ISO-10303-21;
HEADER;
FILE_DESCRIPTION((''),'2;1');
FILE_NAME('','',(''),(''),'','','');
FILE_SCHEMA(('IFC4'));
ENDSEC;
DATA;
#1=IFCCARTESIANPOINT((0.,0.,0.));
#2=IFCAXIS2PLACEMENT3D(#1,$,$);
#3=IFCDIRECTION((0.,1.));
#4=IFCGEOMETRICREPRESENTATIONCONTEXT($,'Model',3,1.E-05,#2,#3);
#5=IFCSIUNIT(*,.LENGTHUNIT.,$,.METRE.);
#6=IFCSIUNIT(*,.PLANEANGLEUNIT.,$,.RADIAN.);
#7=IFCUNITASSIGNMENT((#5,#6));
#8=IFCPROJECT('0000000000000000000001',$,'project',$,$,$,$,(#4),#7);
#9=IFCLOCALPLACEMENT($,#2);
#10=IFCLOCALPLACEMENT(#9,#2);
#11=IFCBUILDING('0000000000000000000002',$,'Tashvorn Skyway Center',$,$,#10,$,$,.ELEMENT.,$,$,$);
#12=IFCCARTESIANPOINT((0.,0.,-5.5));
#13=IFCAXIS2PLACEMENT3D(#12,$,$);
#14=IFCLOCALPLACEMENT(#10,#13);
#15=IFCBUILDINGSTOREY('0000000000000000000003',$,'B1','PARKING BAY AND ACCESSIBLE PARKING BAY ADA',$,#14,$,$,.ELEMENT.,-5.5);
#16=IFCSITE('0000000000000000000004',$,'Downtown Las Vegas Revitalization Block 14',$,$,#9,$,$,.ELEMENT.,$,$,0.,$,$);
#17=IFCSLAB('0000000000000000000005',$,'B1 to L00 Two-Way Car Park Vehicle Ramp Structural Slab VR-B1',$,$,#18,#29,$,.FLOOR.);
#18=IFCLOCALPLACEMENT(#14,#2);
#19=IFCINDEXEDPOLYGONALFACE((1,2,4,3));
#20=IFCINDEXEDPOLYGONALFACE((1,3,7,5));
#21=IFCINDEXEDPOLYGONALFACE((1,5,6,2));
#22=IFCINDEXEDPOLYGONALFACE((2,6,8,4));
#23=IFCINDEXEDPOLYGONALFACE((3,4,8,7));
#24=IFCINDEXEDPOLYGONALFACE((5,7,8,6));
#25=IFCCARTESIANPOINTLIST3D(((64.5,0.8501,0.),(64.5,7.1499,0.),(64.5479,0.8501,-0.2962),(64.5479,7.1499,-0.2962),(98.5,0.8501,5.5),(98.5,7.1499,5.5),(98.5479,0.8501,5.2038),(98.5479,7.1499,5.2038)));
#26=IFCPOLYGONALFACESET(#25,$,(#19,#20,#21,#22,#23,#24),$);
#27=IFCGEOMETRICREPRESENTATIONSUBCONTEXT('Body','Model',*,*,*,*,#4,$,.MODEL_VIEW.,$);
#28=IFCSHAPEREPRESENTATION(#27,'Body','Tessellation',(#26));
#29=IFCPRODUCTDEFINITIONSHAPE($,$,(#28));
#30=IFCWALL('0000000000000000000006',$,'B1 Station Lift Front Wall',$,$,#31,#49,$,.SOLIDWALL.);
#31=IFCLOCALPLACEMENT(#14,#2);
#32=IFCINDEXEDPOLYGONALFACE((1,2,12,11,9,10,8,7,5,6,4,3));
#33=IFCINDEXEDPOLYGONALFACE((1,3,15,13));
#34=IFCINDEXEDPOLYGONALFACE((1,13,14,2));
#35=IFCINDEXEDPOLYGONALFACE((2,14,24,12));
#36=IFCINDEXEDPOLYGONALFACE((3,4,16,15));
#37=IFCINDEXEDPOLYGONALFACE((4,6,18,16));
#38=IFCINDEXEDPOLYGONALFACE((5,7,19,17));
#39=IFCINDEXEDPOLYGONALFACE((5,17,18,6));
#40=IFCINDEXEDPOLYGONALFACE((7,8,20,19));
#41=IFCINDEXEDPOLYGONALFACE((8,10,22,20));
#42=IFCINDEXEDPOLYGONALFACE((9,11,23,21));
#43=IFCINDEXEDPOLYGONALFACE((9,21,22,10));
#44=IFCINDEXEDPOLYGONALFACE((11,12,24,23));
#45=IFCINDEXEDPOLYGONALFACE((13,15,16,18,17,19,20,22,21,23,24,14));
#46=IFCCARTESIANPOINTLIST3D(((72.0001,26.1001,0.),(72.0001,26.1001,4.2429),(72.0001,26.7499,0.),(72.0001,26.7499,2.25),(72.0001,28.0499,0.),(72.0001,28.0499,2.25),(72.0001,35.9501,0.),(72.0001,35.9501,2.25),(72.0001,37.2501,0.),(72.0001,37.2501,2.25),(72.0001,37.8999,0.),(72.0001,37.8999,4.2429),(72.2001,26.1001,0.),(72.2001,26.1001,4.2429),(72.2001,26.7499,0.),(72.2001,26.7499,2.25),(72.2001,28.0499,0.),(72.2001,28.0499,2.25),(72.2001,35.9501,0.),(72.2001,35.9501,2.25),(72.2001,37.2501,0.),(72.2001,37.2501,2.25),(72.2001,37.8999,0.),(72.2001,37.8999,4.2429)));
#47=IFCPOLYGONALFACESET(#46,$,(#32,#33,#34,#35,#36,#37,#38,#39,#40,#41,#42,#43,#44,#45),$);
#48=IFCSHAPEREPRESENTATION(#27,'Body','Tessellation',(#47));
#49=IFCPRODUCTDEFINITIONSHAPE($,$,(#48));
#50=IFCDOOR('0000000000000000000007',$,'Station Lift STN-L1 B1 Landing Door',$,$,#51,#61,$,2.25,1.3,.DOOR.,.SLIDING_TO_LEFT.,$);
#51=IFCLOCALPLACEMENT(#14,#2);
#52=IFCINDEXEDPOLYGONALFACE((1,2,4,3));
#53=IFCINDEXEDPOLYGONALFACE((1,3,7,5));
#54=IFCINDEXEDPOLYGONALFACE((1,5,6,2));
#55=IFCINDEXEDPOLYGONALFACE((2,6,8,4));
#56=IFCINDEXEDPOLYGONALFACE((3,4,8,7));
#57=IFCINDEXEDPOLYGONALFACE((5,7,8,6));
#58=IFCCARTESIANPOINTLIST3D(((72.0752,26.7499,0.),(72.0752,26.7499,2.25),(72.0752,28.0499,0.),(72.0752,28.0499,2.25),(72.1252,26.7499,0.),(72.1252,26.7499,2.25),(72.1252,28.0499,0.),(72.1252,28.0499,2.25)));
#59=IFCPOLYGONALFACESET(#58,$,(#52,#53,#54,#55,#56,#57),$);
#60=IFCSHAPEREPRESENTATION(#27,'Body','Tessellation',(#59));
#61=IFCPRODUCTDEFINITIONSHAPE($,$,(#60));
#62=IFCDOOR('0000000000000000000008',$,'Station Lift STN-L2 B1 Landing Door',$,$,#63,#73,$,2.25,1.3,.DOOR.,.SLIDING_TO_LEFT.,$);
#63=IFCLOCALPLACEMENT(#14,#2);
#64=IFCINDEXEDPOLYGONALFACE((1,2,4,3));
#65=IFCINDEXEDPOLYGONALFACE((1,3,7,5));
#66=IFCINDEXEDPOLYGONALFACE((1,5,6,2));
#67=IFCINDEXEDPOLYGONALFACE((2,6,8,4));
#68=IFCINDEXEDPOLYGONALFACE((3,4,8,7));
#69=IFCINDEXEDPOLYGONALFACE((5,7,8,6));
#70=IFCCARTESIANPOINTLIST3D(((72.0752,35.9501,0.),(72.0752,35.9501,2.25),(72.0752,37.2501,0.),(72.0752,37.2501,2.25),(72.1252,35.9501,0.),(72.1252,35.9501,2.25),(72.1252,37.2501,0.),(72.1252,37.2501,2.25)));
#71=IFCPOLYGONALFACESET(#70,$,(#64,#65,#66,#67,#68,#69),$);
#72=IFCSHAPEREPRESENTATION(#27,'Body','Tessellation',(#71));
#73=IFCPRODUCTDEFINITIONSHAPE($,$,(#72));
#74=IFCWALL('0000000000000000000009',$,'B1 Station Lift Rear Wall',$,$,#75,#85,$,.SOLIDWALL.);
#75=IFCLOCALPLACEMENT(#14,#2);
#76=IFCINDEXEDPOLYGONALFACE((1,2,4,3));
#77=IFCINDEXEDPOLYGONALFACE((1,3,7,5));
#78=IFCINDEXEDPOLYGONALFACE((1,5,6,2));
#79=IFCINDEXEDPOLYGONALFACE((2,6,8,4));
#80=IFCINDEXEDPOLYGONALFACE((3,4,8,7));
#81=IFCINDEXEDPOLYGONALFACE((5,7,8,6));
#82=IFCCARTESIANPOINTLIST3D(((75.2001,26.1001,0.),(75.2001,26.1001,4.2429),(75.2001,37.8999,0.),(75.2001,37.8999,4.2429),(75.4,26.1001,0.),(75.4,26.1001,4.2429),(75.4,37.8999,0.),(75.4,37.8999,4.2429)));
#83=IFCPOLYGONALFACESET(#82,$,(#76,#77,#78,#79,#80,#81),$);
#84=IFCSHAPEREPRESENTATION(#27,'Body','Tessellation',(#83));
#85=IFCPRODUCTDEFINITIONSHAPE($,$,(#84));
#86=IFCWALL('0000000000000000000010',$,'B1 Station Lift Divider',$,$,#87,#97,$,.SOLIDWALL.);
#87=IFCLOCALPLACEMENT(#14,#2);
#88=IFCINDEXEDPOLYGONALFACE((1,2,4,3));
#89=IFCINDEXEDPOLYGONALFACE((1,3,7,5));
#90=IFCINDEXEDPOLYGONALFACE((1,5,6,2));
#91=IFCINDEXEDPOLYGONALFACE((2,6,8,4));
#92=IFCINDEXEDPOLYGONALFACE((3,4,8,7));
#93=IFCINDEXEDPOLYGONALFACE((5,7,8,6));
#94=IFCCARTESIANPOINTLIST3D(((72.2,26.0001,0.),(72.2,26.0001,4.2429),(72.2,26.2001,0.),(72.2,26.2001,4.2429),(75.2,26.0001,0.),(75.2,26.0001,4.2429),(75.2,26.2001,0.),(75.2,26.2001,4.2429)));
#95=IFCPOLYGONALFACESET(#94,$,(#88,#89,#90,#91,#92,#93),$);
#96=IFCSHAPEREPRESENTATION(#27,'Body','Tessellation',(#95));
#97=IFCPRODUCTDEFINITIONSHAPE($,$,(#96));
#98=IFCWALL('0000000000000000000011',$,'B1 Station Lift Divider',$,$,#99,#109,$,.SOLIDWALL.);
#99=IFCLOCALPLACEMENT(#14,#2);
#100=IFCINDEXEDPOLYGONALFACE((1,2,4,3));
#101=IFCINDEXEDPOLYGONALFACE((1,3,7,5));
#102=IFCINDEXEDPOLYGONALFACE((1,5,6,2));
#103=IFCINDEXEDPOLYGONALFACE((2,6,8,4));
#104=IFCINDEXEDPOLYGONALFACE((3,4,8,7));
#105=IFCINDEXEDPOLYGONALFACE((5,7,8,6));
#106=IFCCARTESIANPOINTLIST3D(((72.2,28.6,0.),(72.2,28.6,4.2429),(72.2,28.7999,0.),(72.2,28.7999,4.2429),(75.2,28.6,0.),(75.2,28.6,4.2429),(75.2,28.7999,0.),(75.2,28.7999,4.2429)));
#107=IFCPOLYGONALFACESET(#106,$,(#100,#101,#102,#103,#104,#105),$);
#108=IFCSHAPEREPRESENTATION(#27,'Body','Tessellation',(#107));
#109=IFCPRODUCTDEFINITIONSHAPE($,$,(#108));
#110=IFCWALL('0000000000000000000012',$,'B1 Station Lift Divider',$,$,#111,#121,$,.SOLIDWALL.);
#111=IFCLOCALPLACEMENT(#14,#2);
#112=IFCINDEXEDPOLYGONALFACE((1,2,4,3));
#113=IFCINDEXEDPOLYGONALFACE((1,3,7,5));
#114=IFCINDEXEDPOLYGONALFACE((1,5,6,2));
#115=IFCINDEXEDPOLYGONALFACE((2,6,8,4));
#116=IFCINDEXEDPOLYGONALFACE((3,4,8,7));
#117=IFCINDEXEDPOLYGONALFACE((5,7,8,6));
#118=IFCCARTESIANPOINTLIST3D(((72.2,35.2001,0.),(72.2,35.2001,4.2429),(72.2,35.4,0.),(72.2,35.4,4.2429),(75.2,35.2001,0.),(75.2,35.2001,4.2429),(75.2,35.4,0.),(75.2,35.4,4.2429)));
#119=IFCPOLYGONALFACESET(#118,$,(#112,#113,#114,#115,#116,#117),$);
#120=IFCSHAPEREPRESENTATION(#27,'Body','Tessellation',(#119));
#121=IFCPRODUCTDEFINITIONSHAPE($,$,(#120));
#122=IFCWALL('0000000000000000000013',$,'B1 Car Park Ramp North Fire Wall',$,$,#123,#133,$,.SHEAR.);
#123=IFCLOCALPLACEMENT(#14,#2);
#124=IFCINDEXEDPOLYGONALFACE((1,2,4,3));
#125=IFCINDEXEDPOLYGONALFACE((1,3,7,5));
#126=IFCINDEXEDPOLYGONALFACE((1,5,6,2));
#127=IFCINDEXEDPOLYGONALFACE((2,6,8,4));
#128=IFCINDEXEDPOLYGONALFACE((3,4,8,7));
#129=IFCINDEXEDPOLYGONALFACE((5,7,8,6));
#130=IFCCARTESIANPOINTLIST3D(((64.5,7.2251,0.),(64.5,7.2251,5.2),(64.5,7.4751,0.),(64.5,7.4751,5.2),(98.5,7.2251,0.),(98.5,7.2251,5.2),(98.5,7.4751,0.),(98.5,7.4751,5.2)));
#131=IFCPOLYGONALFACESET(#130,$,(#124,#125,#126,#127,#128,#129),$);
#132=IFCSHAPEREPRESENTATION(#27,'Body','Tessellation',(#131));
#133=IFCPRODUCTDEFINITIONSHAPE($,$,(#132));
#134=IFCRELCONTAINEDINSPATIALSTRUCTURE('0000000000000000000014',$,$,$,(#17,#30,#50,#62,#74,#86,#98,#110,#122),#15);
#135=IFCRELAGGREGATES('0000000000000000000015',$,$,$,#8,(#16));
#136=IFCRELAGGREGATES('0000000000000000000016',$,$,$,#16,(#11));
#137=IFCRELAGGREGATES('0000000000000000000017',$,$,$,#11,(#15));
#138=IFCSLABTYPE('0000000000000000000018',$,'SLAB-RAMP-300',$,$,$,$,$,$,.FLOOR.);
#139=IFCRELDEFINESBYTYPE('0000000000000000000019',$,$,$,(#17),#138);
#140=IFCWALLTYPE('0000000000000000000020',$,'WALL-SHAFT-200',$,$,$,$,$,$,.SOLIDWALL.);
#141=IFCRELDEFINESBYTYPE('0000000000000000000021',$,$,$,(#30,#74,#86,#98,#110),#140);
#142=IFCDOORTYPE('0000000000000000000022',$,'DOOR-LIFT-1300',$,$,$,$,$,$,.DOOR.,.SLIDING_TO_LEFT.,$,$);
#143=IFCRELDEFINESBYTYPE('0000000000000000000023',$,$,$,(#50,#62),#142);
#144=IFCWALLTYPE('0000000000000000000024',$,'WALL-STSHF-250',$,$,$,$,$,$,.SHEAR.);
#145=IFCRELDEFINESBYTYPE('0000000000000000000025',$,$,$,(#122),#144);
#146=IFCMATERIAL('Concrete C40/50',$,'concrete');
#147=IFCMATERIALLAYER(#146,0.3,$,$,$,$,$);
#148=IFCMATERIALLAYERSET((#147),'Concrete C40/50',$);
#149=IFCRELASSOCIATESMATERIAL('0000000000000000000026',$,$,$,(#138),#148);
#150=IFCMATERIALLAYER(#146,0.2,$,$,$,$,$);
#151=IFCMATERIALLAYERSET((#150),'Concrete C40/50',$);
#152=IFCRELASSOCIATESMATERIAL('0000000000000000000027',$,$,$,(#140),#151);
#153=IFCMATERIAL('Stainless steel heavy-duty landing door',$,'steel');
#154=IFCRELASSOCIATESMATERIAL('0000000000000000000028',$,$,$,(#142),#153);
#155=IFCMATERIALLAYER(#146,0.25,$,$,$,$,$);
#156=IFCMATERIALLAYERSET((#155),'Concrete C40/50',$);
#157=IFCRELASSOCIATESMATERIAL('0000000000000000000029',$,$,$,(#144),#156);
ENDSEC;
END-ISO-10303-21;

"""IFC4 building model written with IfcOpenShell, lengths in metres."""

from ifc_helpers import new_model, si_unit, direction, frame, frame_2d, origin, place, context, subcontext, project, spatial, polyline, rectangle, outline, extrude, material, layer, layer_set, type_object, element, fill, save


model = new_model("IFC4")

# Units and contexts
model_context = context("Model", 3, precision=1e-05, world=origin(), true_north=direction((0.0, 1.0)))
body_context = subcontext(model_context, "Body", "Model", "MODEL_VIEW")
ifc_project = project(units=[si_unit("LENGTHUNIT", "METRE"), si_unit("PLANEANGLEUNIT", "RADIAN")], contexts=[model_context])

# Site, building, storey
site_placement = place(None, origin())
site = spatial("IfcSite", under=ifc_project, at=site_placement, Name="Downtown Las Vegas Revitalization Block 14", CompositionType="ELEMENT", RefElevation=0.0)
building_placement = place(site_placement, origin())
building = spatial("IfcBuilding", under=site, at=building_placement, Name="Tashvorn Skyway Center", CompositionType="ELEMENT")
storey_placement = place(building_placement, frame((0.0, 0.0, -5.5)))
storey = spatial("IfcBuildingStorey", under=building, at=storey_placement, Name="B1", Description="PARKING BAY AND ACCESSIBLE PARKING BAY ADA", CompositionType="ELEMENT", Elevation=-5.5)

# Slab
ifc_material_1 = material(Name="Concrete C40/50", Category="concrete")
ifc_layer_1 = layer(ifc_material_1, 0.3)
ifc_layer_set_1 = layer_set([ifc_layer_1], Name="Concrete C40/50")
slab_type = type_object("IfcSlabType", Name="SLAB-RAMP-300", PredefinedType="FLOOR", material=ifc_layer_set_1)
slab_placement = place(storey_placement, frame((64.5, 0.8501, 0.0), z_axis=(-0.159689, 0.0, 0.987167), x_axis=(0.987167, 0.0, 0.159689)))
element("IfcSlab", 1, at=slab_placement, inside=storey, type_object=slab_type, Name="B1 to L00 Two-Way Car Park Vehicle Ramp Structural Slab VR-B1", PredefinedType="FLOOR", context=body_context, shape_type="SweptSolid", body=[
    extrude(outline(polyline([(0.0, 0.0), (34.442, 0.0), (34.442, 6.2998), (0.0, 6.2998), (0.0, 0.0)])), origin(), (0.0, 0.0, -1.0), 0.3),
])

# Wall, openings, doors
ifc_layer_2 = layer(ifc_material_1, 0.2)
ifc_layer_set_2 = layer_set([ifc_layer_2], Name="Concrete C40/50")
wall_type_1 = type_object("IfcWallType", Name="WALL-SHAFT-200", PredefinedType="SOLIDWALL", material=ifc_layer_set_2)
wall_1_placement = place(storey_placement, frame((72.1001, 26.1001, 0.0), z_axis=(0.0, 0.0, 1.0), x_axis=(0.0, 1.0, 0.0)))
wall_1 = element("IfcWall", 2, at=wall_1_placement, inside=storey, type_object=wall_type_1, Name="B1 Station Lift Front Wall", PredefinedType="SOLIDWALL", context=body_context, shape_type="SweptSolid", body=[
    extrude(rectangle(XDim=11.7998, YDim=0.2, at=frame_2d((5.8999, 0.0))), origin(), (0.0, 0.0, 1.0), 4.2429),
])
opening_1_placement = place(wall_1_placement, frame((0.6499, 0.0, 0.0)))
opening_1 = element("IfcOpeningElement", 3, at=opening_1_placement, cuts=wall_1, PredefinedType="OPENING", context=body_context, shape_type="SweptSolid", body=[
    extrude(rectangle(XDim=1.3, YDim=2.25, at=frame_2d((0.6499, 1.125))), frame((0.0, 0.1099, 0.0), z_axis=(0.0, -1.0, 0.0), x_axis=(1.0, 0.0, 0.0)), (0.0, 0.0, 1.0), 0.22),
])
opening_2_placement = place(wall_1_placement, frame((9.8501, 0.0, 0.0)))
opening_2 = element("IfcOpeningElement", 4, at=opening_2_placement, cuts=wall_1, PredefinedType="OPENING", context=body_context, shape_type="SweptSolid", body=[
    extrude(rectangle(XDim=1.3, YDim=2.25, at=frame_2d((0.6499, 1.125))), frame((0.0, 0.1099, 0.0), z_axis=(0.0, -1.0, 0.0), x_axis=(1.0, 0.0, 0.0)), (0.0, 0.0, 1.0), 0.22),
])
ifc_material_2 = material(Name="Stainless steel heavy-duty landing door", Category="steel")
door_type = type_object("IfcDoorType", Name="DOOR-LIFT-1300", OperationType="SLIDING_TO_LEFT", PredefinedType="DOOR", material=ifc_material_2)
door_1_placement = place(opening_1_placement, origin())
door_1 = element("IfcDoor", 5, at=door_1_placement, inside=storey, type_object=door_type, Name="Station Lift STN-L1 B1 Landing Door", OperationType="SLIDING_TO_LEFT", OverallHeight=2.25, OverallWidth=1.3, PredefinedType="DOOR", context=body_context, shape_type="SweptSolid", body=[
    extrude(rectangle(XDim=1.3, YDim=2.25, at=frame_2d((0.6499, 1.125))), frame((0.0, 0.0249, 0.0), z_axis=(0.0, -1.0, 0.0), x_axis=(1.0, 0.0, 0.0)), (0.0, 0.0, 1.0), 0.05),
])
fill(opening_1, door_1)
door_2_placement = place(opening_2_placement, origin())
door_2 = element("IfcDoor", 6, at=door_2_placement, inside=storey, type_object=door_type, Name="Station Lift STN-L2 B1 Landing Door", OperationType="SLIDING_TO_LEFT", OverallHeight=2.25, OverallWidth=1.3, PredefinedType="DOOR", context=body_context, shape_type="SweptSolid", body=[
    extrude(rectangle(XDim=1.3, YDim=2.25, at=frame_2d((0.6499, 1.125))), frame((0.0, 0.0249, 0.0), z_axis=(0.0, -1.0, 0.0), x_axis=(1.0, 0.0, 0.0)), (0.0, 0.0, 1.0), 0.05),
])
fill(opening_2, door_2)

# Walls
wall_2_placement = place(storey_placement, frame((75.3, 26.1001, 0.0), z_axis=(0.0, 0.0, 1.0), x_axis=(0.0, 1.0, 0.0)))
element("IfcWall", 7, at=wall_2_placement, inside=storey, type_object=wall_type_1, Name="B1 Station Lift Rear Wall", PredefinedType="SOLIDWALL", context=body_context, shape_type="SweptSolid", body=[
    extrude(rectangle(XDim=11.7998, YDim=0.2, at=frame_2d((5.8999, 0.0))), origin(), (0.0, 0.0, 1.0), 4.2429),
])
for number, where, z_axis, x_axis, name in (
    (8, (72.2, 26.1001, 0.0), (0.0, 0.0, 1.0), (1.0, 0.0, 0.0), "B1 Station Lift Divider"),
    (9, (72.2, 28.7, 0.0), (0.0, 0.0, 1.0), (1.0, 0.0, 0.0), "B1 Station Lift Divider"),
    (10, (72.2, 35.3, 0.0), (0.0, 0.0, 1.0), (1.0, 0.0, 0.0), "B1 Station Lift Divider"),
):
    element("IfcWall", number, at=place(storey_placement, frame(where, z_axis=z_axis, x_axis=x_axis)), inside=storey, type_object=wall_type_1, Name=name, PredefinedType="SOLIDWALL", context=body_context, shape_type="SweptSolid", body=[
        extrude(rectangle(XDim=3.0, YDim=0.2, at=frame_2d((1.5, 0.0))), origin(), (0.0, 0.0, 1.0), 4.2429),
    ])
ifc_layer_3 = layer(ifc_material_1, 0.25)
ifc_layer_set_3 = layer_set([ifc_layer_3], Name="Concrete C40/50")
wall_type_2 = type_object("IfcWallType", Name="WALL-STSHF-250", PredefinedType="SHEAR", material=ifc_layer_set_3)
wall_3_placement = place(storey_placement, frame((64.5, 7.3501, 0.0), z_axis=(0.0, 0.0, 1.0), x_axis=(1.0, 0.0, 0.0)))
element("IfcWall", 11, at=wall_3_placement, inside=storey, type_object=wall_type_2, Name="B1 Car Park Ramp North Fire Wall", PredefinedType="SHEAR", context=body_context, shape_type="SweptSolid", body=[
    extrude(rectangle(XDim=34.0, YDim=0.25, at=frame_2d((17.0, 0.0))), origin(), (0.0, 0.0, 1.0), 5.2),
])

save(model, "model.ifc")
